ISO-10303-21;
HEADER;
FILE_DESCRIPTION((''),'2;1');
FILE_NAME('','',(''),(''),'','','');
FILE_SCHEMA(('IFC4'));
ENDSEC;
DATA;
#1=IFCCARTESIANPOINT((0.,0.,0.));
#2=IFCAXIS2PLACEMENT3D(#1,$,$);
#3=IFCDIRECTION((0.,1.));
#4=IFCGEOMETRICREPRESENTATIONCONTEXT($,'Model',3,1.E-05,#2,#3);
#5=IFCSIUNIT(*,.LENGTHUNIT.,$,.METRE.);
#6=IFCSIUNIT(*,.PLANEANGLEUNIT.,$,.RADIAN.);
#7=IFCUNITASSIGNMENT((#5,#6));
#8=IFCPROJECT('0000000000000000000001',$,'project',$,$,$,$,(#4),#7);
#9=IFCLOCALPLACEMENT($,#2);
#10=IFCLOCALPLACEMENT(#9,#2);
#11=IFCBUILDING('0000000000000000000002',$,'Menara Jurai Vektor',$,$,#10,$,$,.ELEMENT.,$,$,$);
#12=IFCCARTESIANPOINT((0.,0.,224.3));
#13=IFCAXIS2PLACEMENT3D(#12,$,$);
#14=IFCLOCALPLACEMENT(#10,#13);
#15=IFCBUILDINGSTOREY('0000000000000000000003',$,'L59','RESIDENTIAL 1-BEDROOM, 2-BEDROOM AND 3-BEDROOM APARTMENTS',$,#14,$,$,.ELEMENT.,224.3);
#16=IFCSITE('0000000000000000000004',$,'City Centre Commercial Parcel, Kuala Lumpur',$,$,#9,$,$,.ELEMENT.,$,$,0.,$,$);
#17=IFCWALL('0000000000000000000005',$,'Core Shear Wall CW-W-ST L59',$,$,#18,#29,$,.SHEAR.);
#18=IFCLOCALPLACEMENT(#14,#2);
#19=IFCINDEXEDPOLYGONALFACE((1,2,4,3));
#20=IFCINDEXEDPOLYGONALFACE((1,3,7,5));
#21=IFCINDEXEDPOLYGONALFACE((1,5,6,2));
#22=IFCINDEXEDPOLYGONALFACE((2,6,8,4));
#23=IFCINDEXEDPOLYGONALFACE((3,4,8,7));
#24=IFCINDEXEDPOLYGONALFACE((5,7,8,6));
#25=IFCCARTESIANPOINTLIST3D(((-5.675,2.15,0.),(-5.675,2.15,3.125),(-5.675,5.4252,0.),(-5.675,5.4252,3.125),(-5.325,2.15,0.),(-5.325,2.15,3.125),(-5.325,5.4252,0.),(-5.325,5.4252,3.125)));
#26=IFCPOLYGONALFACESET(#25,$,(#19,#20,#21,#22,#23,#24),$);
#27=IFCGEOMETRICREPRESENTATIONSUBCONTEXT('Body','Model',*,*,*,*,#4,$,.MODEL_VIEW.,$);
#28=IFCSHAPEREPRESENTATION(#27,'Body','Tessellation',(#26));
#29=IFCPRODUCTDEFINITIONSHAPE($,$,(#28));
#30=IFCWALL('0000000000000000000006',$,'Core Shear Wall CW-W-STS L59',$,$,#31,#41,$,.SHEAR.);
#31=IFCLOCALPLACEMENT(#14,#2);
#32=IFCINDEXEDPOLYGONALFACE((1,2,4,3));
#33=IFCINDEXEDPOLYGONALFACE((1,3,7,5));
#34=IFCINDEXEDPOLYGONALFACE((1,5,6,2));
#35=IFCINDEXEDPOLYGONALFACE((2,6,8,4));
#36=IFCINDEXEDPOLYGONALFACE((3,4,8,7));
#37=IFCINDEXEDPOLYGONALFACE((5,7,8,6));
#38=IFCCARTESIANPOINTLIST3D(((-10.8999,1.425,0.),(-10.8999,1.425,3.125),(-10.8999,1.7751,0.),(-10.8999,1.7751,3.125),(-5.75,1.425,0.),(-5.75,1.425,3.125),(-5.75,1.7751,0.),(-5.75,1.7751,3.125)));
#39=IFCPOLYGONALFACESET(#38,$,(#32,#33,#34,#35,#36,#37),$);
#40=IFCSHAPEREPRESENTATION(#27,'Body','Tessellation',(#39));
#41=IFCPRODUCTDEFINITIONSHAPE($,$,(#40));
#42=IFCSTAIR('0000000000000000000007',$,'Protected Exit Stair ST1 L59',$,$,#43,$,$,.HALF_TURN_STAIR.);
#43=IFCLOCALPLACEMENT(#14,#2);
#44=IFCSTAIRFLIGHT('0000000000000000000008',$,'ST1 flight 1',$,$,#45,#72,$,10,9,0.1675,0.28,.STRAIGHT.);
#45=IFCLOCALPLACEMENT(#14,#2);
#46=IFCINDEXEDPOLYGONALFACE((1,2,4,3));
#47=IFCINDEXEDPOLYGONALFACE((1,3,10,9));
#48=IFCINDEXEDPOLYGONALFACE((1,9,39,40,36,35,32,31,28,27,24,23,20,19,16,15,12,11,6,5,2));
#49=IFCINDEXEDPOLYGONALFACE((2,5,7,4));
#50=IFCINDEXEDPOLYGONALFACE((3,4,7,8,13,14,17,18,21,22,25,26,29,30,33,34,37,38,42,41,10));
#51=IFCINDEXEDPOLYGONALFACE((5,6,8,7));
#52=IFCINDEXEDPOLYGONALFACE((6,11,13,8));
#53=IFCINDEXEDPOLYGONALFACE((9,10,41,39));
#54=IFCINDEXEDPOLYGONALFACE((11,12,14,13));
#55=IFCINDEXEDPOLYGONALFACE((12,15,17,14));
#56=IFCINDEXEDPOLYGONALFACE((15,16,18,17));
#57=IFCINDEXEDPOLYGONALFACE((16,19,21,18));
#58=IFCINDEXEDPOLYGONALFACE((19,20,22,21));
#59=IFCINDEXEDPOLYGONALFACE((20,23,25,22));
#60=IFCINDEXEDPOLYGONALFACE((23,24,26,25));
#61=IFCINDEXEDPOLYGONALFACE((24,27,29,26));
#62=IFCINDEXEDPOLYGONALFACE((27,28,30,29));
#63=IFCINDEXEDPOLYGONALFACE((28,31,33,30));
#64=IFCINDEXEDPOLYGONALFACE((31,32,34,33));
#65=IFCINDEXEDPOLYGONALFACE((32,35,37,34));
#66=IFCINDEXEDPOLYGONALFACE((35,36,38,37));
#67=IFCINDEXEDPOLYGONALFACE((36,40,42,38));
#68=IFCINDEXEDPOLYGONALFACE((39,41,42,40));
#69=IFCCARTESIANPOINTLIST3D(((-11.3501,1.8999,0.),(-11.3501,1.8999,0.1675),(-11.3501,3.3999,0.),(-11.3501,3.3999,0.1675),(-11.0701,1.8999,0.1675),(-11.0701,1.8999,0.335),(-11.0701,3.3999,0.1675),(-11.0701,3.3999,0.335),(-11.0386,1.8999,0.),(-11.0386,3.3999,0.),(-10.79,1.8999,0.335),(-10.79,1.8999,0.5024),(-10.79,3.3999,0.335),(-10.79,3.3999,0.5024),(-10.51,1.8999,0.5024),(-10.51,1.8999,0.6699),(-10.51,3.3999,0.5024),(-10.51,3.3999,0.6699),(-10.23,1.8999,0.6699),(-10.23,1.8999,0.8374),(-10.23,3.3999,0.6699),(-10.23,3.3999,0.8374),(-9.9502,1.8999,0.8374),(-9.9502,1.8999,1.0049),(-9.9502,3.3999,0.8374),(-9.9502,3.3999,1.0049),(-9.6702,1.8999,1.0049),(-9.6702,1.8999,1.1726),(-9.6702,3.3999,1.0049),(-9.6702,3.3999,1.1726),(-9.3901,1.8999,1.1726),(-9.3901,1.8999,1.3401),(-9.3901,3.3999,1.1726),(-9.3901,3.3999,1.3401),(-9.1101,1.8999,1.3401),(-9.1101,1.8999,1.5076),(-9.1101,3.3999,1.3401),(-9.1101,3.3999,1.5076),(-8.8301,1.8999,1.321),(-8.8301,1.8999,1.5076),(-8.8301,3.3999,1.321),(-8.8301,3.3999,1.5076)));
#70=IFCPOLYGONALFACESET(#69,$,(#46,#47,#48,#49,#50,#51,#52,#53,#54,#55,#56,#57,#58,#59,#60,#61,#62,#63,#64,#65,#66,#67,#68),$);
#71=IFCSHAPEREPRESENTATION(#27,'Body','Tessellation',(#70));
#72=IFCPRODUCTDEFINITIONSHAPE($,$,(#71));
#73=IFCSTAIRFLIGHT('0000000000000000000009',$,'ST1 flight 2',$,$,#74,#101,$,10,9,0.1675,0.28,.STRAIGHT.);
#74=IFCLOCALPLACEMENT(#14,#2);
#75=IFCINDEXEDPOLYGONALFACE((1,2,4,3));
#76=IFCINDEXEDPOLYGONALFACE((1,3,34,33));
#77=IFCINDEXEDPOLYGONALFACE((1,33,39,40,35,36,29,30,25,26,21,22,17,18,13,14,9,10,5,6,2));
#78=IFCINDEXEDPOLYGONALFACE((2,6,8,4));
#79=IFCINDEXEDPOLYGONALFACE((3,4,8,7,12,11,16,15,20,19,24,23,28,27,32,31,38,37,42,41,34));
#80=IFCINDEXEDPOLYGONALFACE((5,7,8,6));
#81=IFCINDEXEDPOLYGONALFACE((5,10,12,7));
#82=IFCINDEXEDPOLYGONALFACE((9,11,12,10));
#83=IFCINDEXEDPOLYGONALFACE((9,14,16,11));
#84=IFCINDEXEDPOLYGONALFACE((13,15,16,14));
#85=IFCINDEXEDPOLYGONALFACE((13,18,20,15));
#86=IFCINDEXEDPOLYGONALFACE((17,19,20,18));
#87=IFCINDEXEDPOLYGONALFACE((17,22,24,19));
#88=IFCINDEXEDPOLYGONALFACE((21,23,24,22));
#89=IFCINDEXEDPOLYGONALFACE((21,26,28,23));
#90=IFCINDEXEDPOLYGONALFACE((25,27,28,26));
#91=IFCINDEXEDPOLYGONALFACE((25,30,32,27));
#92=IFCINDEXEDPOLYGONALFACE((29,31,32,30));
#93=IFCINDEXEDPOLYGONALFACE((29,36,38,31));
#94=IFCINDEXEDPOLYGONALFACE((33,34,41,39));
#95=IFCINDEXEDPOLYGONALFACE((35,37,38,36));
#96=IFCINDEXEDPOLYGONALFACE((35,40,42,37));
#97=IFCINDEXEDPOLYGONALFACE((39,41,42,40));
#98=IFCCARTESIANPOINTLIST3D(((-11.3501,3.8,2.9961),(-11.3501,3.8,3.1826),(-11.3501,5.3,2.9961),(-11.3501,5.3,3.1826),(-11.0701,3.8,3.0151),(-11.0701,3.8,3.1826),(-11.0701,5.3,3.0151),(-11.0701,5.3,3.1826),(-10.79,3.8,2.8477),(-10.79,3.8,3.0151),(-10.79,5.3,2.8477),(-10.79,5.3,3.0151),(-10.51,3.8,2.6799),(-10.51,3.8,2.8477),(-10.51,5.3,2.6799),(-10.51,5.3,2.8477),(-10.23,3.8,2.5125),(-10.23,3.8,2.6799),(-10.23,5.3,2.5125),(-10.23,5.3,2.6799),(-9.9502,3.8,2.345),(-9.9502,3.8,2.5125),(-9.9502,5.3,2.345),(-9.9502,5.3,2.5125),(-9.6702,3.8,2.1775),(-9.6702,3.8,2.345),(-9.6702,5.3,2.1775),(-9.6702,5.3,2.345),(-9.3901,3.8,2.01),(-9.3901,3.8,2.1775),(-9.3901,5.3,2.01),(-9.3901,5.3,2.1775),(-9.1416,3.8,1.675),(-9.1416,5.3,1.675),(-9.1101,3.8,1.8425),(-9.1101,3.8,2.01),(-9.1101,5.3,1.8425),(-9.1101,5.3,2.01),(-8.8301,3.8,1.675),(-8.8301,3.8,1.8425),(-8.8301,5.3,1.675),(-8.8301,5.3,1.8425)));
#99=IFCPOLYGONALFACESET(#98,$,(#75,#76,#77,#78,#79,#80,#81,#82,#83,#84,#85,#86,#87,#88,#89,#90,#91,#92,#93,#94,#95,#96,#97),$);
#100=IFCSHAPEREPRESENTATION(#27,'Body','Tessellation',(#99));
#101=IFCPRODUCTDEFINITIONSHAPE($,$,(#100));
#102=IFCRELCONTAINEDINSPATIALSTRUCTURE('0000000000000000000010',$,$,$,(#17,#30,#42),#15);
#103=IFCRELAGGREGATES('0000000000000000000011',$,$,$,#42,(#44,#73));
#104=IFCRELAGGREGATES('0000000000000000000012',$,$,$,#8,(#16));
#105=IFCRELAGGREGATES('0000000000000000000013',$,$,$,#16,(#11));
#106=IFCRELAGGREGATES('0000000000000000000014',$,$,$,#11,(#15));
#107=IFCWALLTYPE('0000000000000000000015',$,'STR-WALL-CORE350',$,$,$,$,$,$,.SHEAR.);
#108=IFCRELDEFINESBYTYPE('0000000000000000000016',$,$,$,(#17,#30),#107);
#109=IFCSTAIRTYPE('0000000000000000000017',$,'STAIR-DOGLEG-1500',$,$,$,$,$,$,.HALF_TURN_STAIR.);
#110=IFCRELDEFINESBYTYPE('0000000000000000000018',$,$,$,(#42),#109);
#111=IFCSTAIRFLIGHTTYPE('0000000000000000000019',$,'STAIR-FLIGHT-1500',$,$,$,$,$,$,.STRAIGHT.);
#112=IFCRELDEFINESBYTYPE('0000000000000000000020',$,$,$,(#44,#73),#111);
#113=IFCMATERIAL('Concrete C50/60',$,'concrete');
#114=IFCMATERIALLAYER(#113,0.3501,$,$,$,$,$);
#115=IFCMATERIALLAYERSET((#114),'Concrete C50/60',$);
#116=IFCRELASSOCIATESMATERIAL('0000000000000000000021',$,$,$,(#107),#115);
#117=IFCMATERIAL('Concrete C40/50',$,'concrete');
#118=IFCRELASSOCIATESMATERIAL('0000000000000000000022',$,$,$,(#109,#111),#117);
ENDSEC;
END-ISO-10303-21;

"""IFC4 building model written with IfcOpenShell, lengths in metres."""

from ifc_helpers import new_model, si_unit, direction, frame, frame_2d, origin, place, context, subcontext, project, spatial, polyline, rectangle, outline, extrude, material, layer, layer_set, type_object, element, aggregate, save


model = new_model("IFC4")

# Units and contexts
model_context = context("Model", 3, precision=1e-05, world=origin(), true_north=direction((0.0, 1.0)))
body_context = subcontext(model_context, "Body", "Model", "MODEL_VIEW")
ifc_project = project(units=[si_unit("LENGTHUNIT", "METRE"), si_unit("PLANEANGLEUNIT", "RADIAN")], contexts=[model_context])

# Site, building, storey
site_placement = place(None, origin())
site = spatial("IfcSite", under=ifc_project, at=site_placement, Name="City Centre Commercial Parcel, Kuala Lumpur", CompositionType="ELEMENT", RefElevation=0.0)
building_placement = place(site_placement, origin())
building = spatial("IfcBuilding", under=site, at=building_placement, Name="Menara Jurai Vektor", CompositionType="ELEMENT")
storey_placement = place(building_placement, frame((0.0, 0.0, 224.3)))
storey = spatial("IfcBuildingStorey", under=building, at=storey_placement, Name="L59", Description="RESIDENTIAL 1-BEDROOM, 2-BEDROOM AND 3-BEDROOM APARTMENTS", CompositionType="ELEMENT", Elevation=224.3)

# Shared definitions
ifc_material_1 = material(Name="Concrete C50/60", Category="concrete")

# Shared definitions
ifc_material_2 = material(Name="Concrete C40/50", Category="concrete")

# Walls
ifc_layer_1 = layer(ifc_material_1, 0.3501)
ifc_layer_set_1 = layer_set([ifc_layer_1], Name="Concrete C50/60")
wall_type_1 = type_object("IfcWallType", Name="STR-WALL-CORE350", PredefinedType="SHEAR", material=ifc_layer_set_1)
wall_1_placement = place(storey_placement, frame((-5.5, 2.1499, 0.0), z_axis=(0.0, 0.0, 1.0), x_axis=(0.0, 1.0, 0.0)))
element("IfcWall", 1, at=wall_1_placement, inside=storey, type_object=wall_type_1, Name="Core Shear Wall CW-W-ST L59", PredefinedType="SHEAR", context=body_context, shape_type="SweptSolid", body=[
    extrude(rectangle(XDim=3.2751, YDim=0.3501, at=frame_2d((1.6377, 0.0))), origin(), (0.0, 0.0, 1.0), 3.125),
])
wall_2_placement = place(storey_placement, frame((-10.8999, 1.6001, 0.0), z_axis=(0.0, 0.0, 1.0), x_axis=(1.0, 0.0, 0.0)))
element("IfcWall", 2, at=wall_2_placement, inside=storey, type_object=wall_type_1, Name="Core Shear Wall CW-W-STS L59", PredefinedType="SHEAR", context=body_context, shape_type="SweptSolid", body=[
    extrude(rectangle(XDim=5.1499, YDim=0.3501, at=frame_2d((2.575, 0.0))), origin(), (0.0, 0.0, 1.0), 3.125),
])

# Stair, stair flights
stair_type = type_object("IfcStairType", Name="STAIR-DOGLEG-1500", PredefinedType="HALF_TURN_STAIR", material=ifc_material_2)
stair_placement = place(storey_placement, origin())
stair = element("IfcStair", 3, at=stair_placement, inside=storey, type_object=stair_type, Name="Protected Exit Stair ST1 L59", PredefinedType="HALF_TURN_STAIR")
stair_flight_type = type_object("IfcStairFlightType", Name="STAIR-FLIGHT-1500", PredefinedType="STRAIGHT", material=ifc_material_2)
stair_flight_1_placement = place(storey_placement, frame((-11.3501, 2.6499, 0.0), z_axis=(0.0, 0.0, 1.0), x_axis=(1.0, 0.0, 0.0)))
stair_flight_1 = element("IfcStairFlight", 4, at=stair_flight_1_placement, type_object=stair_flight_type, Name="ST1 flight 1", NumberOfRisers=10, NumberOfTreads=9, PredefinedType="STRAIGHT", RiserHeight=0.1675, TreadLength=0.28, context=body_context, shape_type="SweptSolid", body=[
    extrude(outline(polyline([(0.0, 0.0), (0.0, 0.1675), (0.28, 0.1675), (0.28, 0.335), (0.5601, 0.335), (0.5601, 0.5024), (0.8401, 0.5024), (0.8401, 0.6699), (1.1201, 0.6699), (1.1201, 0.8374), (1.3999, 0.8374), (1.3999, 1.0049), (1.6799, 1.0049), (1.6799, 1.1726), (1.96, 1.1726), (1.96, 1.3401), (2.24, 1.3401), (2.24, 1.5076), (2.52, 1.5076), (2.52, 1.675), (2.52, 1.321), (0.3115, 0.0), (0.0, 0.0)])), frame((0.0, 0.75, 0.0), z_axis=(0.0, -1.0, 0.0), x_axis=(1.0, 0.0, 0.0)), (0.0, 0.0, 1.0), 1.5),
])
stair_flight_2_placement = place(storey_placement, frame((-8.8301, 4.55, 1.675), z_axis=(0.0, 0.0, 1.0), x_axis=(-1.0, 0.0, 0.0)))
stair_flight_2 = element("IfcStairFlight", 5, at=stair_flight_2_placement, type_object=stair_flight_type, Name="ST1 flight 2", NumberOfRisers=10, NumberOfTreads=9, PredefinedType="STRAIGHT", RiserHeight=0.1675, TreadLength=0.28, context=body_context, shape_type="SweptSolid", body=[
    extrude(outline(polyline([(0.0, 0.0), (0.0, 0.1675), (0.28, 0.1675), (0.28, 0.335), (0.5601, 0.335), (0.5601, 0.5024), (0.8401, 0.5024), (0.8401, 0.6699), (1.1201, 0.6699), (1.1201, 0.8374), (1.3999, 0.8374), (1.3999, 1.0049), (1.6799, 1.0049), (1.6799, 1.1726), (1.96, 1.1726), (1.96, 1.3401), (2.24, 1.3401), (2.24, 1.5076), (2.52, 1.5076), (2.52, 1.675), (2.52, 1.321), (0.3115, 0.0), (0.0, 0.0)])), frame((0.0, 0.75, 0.0), z_axis=(0.0, -1.0, 0.0), x_axis=(1.0, 0.0, 0.0)), (0.0, 0.0, 1.0), 1.5),
])
aggregate(stair, [stair_flight_1, stair_flight_2])

save(model, "model.ifc")
